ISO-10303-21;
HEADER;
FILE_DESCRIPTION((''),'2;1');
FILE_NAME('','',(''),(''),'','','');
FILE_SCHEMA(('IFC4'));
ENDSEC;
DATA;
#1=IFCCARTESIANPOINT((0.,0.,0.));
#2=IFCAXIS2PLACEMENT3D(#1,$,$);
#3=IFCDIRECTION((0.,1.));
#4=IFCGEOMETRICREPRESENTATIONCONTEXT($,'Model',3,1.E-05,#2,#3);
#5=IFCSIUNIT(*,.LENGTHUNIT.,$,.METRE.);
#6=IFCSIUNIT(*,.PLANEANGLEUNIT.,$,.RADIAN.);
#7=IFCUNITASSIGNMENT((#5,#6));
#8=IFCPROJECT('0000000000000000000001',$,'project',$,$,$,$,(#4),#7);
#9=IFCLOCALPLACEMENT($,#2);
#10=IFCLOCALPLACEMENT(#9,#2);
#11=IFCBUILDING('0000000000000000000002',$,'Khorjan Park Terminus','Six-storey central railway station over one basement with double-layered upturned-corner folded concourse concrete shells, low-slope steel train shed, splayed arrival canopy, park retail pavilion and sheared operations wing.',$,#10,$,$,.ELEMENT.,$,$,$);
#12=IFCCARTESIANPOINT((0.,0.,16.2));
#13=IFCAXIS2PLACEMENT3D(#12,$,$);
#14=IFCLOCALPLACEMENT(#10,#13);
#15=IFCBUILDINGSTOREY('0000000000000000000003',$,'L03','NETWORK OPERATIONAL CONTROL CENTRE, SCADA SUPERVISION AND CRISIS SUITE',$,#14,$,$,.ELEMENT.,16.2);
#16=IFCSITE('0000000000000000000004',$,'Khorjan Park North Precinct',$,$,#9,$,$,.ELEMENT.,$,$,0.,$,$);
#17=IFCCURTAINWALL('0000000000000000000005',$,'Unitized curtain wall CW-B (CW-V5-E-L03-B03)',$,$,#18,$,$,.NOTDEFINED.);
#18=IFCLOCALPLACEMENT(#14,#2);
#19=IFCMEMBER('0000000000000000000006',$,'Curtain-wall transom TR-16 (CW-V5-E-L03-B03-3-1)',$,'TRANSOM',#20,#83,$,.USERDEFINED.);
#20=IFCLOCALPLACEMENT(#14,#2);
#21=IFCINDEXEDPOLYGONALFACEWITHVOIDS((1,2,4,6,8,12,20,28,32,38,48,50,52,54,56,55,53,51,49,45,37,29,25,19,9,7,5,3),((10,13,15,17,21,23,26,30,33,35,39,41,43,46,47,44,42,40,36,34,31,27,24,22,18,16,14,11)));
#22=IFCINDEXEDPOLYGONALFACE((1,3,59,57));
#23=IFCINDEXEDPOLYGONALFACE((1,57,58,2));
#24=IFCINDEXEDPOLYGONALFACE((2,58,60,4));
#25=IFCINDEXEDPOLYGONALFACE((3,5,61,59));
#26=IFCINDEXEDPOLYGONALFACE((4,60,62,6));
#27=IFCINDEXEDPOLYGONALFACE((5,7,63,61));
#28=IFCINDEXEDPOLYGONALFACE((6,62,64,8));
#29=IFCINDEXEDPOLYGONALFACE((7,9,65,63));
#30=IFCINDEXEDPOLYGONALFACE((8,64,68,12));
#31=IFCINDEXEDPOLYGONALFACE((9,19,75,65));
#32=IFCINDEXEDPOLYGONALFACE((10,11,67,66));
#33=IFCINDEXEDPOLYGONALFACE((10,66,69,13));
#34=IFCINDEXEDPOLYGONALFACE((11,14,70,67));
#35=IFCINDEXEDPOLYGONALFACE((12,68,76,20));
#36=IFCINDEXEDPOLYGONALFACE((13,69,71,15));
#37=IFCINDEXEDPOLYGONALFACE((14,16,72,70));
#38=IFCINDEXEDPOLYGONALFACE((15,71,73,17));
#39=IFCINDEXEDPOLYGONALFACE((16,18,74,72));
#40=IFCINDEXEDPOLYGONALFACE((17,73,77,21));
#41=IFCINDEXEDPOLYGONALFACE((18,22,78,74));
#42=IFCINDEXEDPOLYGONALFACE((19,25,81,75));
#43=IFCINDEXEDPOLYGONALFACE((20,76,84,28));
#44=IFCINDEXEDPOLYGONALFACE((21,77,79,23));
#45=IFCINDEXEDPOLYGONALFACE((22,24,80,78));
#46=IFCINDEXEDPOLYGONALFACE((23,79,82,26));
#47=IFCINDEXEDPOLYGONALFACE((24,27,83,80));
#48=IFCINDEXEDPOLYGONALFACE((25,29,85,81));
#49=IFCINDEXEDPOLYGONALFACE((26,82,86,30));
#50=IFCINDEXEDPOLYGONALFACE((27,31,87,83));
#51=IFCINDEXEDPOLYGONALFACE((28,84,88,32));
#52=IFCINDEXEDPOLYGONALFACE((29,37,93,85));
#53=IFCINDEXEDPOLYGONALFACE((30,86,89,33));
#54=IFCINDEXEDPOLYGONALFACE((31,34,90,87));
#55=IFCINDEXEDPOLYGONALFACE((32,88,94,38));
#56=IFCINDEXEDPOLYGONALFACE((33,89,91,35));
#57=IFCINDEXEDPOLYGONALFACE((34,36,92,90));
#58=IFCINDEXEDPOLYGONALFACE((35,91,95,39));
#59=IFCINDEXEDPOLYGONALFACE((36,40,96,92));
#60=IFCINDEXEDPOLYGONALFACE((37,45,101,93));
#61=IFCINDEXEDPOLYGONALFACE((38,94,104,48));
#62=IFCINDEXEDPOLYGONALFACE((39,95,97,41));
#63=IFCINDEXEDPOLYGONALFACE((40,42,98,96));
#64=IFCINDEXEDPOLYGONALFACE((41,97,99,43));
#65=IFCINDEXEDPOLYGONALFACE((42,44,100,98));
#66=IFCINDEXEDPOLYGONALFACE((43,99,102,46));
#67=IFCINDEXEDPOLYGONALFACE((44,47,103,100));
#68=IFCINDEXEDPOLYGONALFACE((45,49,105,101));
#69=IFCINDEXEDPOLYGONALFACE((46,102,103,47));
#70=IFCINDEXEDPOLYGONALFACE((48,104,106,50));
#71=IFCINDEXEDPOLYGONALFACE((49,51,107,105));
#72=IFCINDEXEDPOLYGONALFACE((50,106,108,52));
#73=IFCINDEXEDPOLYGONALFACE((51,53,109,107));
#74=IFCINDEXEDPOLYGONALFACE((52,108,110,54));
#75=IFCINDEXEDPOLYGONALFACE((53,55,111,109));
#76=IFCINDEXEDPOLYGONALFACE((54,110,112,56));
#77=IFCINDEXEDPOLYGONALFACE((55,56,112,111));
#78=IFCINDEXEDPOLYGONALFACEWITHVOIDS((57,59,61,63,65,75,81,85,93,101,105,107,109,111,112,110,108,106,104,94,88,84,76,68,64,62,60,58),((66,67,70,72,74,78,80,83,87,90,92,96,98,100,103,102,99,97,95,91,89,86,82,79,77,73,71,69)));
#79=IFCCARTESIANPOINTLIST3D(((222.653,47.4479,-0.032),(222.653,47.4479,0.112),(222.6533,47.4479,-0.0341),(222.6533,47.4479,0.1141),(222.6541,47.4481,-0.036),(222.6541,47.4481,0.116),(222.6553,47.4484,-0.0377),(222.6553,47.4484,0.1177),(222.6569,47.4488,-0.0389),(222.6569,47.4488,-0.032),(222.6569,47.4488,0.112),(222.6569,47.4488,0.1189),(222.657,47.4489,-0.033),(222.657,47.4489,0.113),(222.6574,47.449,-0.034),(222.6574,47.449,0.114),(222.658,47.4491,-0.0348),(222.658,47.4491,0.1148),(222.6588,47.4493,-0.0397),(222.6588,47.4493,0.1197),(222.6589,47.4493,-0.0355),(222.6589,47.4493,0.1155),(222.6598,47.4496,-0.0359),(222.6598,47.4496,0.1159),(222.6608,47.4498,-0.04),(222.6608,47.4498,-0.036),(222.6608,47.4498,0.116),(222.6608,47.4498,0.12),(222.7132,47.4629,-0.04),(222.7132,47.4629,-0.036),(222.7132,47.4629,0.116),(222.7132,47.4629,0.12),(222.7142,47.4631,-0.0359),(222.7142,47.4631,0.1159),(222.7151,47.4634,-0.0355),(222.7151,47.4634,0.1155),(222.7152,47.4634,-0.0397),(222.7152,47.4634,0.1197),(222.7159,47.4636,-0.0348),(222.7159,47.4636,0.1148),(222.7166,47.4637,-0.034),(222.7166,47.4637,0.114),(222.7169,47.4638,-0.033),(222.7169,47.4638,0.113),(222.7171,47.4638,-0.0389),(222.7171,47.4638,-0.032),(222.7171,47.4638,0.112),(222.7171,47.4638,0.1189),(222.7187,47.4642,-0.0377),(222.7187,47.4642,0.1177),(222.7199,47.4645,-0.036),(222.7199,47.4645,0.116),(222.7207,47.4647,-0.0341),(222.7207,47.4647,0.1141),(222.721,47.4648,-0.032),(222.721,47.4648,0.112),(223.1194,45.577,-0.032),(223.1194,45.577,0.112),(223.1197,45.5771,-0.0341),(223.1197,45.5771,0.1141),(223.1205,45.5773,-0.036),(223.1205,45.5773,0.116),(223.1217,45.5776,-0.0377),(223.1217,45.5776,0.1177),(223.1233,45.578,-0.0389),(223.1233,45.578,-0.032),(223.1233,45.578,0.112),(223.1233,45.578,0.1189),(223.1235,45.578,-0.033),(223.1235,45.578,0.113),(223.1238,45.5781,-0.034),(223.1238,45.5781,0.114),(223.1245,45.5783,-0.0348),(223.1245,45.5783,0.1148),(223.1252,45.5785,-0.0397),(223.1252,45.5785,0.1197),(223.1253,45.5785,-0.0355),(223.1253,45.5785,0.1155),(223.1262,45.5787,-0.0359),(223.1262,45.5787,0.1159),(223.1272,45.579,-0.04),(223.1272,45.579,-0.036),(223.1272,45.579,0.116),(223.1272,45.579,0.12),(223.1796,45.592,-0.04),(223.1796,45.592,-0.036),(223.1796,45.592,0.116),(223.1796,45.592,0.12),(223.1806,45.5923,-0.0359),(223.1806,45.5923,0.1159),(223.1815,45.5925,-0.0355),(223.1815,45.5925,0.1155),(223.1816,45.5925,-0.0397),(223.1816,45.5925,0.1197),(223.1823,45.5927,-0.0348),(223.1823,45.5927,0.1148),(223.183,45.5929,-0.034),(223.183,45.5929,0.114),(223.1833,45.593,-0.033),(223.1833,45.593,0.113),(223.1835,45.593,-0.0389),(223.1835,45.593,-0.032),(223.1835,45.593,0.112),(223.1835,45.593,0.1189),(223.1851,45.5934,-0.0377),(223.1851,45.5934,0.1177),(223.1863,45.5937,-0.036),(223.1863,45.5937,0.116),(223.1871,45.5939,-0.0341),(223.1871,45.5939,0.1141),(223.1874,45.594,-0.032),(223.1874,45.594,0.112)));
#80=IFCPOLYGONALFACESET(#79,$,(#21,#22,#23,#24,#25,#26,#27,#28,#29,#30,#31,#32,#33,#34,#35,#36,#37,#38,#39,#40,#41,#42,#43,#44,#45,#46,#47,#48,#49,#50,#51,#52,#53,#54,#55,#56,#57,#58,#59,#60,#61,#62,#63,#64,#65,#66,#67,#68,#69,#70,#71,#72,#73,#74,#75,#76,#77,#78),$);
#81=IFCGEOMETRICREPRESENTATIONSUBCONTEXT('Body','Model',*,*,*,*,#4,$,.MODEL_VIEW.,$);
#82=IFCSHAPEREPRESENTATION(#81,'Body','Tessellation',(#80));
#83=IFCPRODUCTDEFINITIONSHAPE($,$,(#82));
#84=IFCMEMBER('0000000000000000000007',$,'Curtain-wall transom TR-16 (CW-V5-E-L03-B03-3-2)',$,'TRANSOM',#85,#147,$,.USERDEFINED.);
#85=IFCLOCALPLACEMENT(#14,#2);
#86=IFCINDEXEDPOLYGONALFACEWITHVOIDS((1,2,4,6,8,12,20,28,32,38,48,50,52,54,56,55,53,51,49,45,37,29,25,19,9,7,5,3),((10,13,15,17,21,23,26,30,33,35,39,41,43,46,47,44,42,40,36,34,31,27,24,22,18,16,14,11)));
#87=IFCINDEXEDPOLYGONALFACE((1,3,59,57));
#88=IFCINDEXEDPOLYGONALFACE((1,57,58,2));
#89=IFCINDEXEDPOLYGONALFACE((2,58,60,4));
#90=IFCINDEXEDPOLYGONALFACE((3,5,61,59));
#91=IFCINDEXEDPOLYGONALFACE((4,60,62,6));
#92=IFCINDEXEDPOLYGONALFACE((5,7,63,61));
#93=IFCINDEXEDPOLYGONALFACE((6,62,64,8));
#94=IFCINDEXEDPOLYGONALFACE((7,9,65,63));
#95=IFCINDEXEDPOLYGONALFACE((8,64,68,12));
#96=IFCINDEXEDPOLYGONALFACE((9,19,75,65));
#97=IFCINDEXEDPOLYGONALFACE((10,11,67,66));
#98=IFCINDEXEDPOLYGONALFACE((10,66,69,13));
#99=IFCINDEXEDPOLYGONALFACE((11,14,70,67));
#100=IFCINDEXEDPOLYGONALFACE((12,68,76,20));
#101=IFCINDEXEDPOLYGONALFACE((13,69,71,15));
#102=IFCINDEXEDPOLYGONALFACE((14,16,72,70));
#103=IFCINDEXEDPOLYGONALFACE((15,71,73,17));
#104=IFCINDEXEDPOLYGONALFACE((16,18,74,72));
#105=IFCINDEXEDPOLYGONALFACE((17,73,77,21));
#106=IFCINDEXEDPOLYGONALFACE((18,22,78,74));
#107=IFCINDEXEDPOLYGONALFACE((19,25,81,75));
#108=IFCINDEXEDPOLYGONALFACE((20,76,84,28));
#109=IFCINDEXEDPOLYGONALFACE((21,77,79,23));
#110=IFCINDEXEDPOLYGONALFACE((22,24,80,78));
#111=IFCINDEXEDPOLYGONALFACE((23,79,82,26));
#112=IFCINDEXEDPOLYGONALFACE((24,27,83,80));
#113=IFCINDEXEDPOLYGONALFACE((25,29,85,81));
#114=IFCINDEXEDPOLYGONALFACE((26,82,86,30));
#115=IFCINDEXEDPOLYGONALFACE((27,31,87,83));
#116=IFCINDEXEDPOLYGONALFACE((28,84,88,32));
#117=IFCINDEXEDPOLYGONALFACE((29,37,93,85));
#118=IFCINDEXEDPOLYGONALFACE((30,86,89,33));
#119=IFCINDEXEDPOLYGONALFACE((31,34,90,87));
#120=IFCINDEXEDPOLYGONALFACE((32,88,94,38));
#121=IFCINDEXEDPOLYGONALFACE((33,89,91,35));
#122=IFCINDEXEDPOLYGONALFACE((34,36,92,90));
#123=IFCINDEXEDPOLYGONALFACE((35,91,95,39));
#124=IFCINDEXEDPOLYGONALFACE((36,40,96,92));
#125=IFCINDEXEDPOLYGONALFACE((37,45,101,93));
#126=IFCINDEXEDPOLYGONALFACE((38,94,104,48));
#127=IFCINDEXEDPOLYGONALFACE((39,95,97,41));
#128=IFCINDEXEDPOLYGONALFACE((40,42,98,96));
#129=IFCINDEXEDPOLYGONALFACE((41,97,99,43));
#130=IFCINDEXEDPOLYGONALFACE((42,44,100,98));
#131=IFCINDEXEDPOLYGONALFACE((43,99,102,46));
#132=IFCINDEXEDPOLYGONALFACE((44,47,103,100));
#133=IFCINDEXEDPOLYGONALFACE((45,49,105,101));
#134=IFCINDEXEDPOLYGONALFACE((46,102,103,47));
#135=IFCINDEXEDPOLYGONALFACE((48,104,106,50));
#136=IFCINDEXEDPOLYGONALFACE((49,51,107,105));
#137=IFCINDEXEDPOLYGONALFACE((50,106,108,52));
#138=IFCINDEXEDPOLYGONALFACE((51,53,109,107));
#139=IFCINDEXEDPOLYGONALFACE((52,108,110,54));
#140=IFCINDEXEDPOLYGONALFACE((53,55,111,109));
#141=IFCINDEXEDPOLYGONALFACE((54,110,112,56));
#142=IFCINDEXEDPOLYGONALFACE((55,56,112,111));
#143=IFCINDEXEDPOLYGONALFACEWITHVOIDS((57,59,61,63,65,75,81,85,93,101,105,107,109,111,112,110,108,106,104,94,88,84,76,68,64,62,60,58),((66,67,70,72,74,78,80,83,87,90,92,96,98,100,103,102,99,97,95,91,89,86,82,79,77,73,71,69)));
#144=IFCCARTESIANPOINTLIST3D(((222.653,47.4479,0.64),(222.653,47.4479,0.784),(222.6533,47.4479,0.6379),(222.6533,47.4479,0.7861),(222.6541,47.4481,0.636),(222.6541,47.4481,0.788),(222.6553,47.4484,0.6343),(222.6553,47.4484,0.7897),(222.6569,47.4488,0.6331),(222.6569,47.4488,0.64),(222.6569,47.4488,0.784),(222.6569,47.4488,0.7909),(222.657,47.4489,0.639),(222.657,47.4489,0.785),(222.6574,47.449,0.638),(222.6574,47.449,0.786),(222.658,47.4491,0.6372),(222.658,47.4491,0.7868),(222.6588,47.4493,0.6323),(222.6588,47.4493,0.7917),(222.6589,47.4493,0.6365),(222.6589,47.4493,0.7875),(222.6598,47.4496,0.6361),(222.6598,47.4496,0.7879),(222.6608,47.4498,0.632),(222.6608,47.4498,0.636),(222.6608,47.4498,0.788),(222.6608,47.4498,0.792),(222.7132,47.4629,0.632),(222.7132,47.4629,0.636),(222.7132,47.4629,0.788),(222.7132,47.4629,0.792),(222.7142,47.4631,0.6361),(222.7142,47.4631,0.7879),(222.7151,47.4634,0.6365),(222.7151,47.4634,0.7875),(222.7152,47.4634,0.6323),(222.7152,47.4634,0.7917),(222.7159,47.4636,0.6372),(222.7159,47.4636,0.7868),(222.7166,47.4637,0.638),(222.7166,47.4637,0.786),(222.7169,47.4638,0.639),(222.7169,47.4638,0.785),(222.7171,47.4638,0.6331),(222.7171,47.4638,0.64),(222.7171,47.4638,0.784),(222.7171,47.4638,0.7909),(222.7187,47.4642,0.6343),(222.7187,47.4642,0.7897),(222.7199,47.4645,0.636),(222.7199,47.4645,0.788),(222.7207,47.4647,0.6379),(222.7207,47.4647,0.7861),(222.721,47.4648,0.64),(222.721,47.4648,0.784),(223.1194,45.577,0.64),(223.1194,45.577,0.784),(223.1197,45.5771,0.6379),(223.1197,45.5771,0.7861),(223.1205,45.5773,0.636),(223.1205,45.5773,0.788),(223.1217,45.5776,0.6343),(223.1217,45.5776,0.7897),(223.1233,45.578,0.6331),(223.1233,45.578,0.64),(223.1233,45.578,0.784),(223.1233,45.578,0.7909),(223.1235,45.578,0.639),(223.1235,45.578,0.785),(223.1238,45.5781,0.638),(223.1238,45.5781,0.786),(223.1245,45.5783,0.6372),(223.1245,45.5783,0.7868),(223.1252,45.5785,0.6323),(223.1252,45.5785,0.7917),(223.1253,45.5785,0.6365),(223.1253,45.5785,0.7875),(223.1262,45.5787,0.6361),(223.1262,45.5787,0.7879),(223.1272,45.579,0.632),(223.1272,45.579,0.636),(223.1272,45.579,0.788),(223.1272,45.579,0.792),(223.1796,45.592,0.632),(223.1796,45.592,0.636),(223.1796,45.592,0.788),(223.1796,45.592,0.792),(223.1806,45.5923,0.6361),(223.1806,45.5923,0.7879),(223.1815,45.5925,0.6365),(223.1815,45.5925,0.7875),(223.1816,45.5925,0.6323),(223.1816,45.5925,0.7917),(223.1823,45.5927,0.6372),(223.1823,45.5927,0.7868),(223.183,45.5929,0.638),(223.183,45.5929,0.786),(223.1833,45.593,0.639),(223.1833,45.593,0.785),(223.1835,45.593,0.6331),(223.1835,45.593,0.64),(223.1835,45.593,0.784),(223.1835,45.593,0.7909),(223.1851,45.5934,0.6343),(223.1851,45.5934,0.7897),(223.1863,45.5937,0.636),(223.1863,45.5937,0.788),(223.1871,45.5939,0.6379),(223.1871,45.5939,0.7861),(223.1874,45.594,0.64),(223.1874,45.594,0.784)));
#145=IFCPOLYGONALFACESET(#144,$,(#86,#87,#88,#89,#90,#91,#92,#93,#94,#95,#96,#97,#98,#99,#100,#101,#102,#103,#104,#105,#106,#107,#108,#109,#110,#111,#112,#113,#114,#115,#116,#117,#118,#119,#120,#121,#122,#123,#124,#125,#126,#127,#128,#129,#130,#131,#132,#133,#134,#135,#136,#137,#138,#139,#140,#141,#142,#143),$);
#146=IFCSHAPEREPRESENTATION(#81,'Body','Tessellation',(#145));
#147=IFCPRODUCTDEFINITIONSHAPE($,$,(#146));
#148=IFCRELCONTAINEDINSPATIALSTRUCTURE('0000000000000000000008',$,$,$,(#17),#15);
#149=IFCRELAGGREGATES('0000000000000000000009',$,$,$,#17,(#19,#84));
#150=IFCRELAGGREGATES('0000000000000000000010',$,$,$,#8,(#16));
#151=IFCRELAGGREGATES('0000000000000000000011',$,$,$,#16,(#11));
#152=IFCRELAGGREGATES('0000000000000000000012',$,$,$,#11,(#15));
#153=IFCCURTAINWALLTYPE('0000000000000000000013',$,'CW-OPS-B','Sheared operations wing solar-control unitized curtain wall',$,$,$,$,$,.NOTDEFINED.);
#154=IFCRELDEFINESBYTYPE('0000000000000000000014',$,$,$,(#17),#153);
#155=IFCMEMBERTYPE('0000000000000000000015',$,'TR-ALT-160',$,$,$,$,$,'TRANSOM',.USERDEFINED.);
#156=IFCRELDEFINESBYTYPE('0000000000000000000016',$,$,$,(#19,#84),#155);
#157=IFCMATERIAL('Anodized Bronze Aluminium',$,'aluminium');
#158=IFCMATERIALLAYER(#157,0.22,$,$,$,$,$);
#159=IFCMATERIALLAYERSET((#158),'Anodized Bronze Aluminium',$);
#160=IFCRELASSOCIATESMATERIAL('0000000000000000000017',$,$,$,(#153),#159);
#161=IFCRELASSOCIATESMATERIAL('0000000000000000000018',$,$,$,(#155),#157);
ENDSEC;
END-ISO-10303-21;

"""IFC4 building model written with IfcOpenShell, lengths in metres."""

from ifc_helpers import new_model, si_unit, direction, frame, origin, origin_2d, place, context, subcontext, project, spatial, hollow_rectangle, extrude, material, layer, layer_set, material_profile, profile_set, type_object, element, aggregate, save


model = new_model("IFC4")

# Units and contexts
model_context = context("Model", 3, precision=1e-05, world=origin(), true_north=direction((0.0, 1.0)))
body_context = subcontext(model_context, "Body", "Model", "MODEL_VIEW")
ifc_project = project(units=[si_unit("LENGTHUNIT", "METRE"), si_unit("PLANEANGLEUNIT", "RADIAN")], contexts=[model_context])

# Site, building, storey
site_placement = place(None, origin())
site = spatial("IfcSite", under=ifc_project, at=site_placement, Name="Khorjan Park North Precinct", CompositionType="ELEMENT", RefElevation=0.0)
building_placement = place(site_placement, origin())
building = spatial("IfcBuilding", under=site, at=building_placement, Name="Khorjan Park Terminus", Description="Six-storey central railway station over one basement with double-layered upturned-corner folded concourse concrete shells, low-slope steel train shed, splayed arrival canopy, park retail pavilion and sheared operations wing.", CompositionType="ELEMENT")
storey_placement = place(building_placement, frame((0.0, 0.0, 16.2)))
storey = spatial("IfcBuildingStorey", under=building, at=storey_placement, Name="L03", Description="NETWORK OPERATIONAL CONTROL CENTRE, SCADA SUPERVISION AND CRISIS SUITE", CompositionType="ELEMENT", Elevation=16.2)

# Curtain wall, members
ifc_material_1 = material(Name="Anodized Bronze Aluminium", Category="aluminium")
ifc_layer_1 = layer(ifc_material_1, 0.22)
ifc_layer_set_1 = layer_set([ifc_layer_1], Name="Anodized Bronze Aluminium")
curtain_wall_type = type_object("IfcCurtainWallType", Name="CW-OPS-B", Description="Sheared operations wing solar-control unitized curtain wall", PredefinedType="NOTDEFINED", material=ifc_layer_set_1)
curtain_wall_placement = place(storey_placement, origin())
curtain_wall = element("IfcCurtainWall", 1, at=curtain_wall_placement, inside=storey, type_object=curtain_wall_type, Name="Unitized curtain wall CW-B (CW-V5-E-L03-B03)", PredefinedType="NOTDEFINED")
ifc_material_profile_1 = material_profile(ifc_material_1, hollow_rectangle(XDim=0.07, YDim=0.16, WallThickness=0.004, InnerFilletRadius=0.004, OuterFilletRadius=0.008, at=origin_2d()), Name="ALT 70x160x4")
ifc_profile_set_1 = profile_set([ifc_material_profile_1], Name="Anodized Bronze Aluminium")
member_type_1 = type_object("IfcMemberType", Name="TR-ALT-160", ElementType="TRANSOM", PredefinedType="USERDEFINED", material=ifc_profile_set_1)
member_1_placement = place(storey_placement, frame((223.1534, 45.5855, 0.04), z_axis=(-0.241901, 0.970301, 0.0), x_axis=(-0.970301, -0.241901, 0.0)))
member_1 = element("IfcMember", 2, at=member_1_placement, type_object=member_type_1, Name="Curtain-wall transom TR-16 (CW-V5-E-L03-B03-3-1)", ObjectType="TRANSOM", PredefinedType="USERDEFINED", context=body_context, shape_type="SweptSolid", body=[
    extrude(hollow_rectangle(XDim=0.07, YDim=0.16, WallThickness=0.004, InnerFilletRadius=0.004, OuterFilletRadius=0.008, at=origin_2d()), origin(), (0.0, 0.0, 1.0), 1.9281),
])
member_2_placement = place(storey_placement, frame((223.1534, 45.5855, 0.712), z_axis=(-0.241901, 0.970301, 0.0), x_axis=(-0.970301, -0.241901, 0.0)))
member_2 = element("IfcMember", 3, at=member_2_placement, type_object=member_type_1, Name="Curtain-wall transom TR-16 (CW-V5-E-L03-B03-3-2)", ObjectType="TRANSOM", PredefinedType="USERDEFINED", context=body_context, shape_type="SweptSolid", body=[
    extrude(hollow_rectangle(XDim=0.07, YDim=0.16, WallThickness=0.004, InnerFilletRadius=0.004, OuterFilletRadius=0.008, at=origin_2d()), origin(), (0.0, 0.0, 1.0), 1.9281),
])
aggregate(curtain_wall, [member_1, member_2])

save(model, "model.ifc")
